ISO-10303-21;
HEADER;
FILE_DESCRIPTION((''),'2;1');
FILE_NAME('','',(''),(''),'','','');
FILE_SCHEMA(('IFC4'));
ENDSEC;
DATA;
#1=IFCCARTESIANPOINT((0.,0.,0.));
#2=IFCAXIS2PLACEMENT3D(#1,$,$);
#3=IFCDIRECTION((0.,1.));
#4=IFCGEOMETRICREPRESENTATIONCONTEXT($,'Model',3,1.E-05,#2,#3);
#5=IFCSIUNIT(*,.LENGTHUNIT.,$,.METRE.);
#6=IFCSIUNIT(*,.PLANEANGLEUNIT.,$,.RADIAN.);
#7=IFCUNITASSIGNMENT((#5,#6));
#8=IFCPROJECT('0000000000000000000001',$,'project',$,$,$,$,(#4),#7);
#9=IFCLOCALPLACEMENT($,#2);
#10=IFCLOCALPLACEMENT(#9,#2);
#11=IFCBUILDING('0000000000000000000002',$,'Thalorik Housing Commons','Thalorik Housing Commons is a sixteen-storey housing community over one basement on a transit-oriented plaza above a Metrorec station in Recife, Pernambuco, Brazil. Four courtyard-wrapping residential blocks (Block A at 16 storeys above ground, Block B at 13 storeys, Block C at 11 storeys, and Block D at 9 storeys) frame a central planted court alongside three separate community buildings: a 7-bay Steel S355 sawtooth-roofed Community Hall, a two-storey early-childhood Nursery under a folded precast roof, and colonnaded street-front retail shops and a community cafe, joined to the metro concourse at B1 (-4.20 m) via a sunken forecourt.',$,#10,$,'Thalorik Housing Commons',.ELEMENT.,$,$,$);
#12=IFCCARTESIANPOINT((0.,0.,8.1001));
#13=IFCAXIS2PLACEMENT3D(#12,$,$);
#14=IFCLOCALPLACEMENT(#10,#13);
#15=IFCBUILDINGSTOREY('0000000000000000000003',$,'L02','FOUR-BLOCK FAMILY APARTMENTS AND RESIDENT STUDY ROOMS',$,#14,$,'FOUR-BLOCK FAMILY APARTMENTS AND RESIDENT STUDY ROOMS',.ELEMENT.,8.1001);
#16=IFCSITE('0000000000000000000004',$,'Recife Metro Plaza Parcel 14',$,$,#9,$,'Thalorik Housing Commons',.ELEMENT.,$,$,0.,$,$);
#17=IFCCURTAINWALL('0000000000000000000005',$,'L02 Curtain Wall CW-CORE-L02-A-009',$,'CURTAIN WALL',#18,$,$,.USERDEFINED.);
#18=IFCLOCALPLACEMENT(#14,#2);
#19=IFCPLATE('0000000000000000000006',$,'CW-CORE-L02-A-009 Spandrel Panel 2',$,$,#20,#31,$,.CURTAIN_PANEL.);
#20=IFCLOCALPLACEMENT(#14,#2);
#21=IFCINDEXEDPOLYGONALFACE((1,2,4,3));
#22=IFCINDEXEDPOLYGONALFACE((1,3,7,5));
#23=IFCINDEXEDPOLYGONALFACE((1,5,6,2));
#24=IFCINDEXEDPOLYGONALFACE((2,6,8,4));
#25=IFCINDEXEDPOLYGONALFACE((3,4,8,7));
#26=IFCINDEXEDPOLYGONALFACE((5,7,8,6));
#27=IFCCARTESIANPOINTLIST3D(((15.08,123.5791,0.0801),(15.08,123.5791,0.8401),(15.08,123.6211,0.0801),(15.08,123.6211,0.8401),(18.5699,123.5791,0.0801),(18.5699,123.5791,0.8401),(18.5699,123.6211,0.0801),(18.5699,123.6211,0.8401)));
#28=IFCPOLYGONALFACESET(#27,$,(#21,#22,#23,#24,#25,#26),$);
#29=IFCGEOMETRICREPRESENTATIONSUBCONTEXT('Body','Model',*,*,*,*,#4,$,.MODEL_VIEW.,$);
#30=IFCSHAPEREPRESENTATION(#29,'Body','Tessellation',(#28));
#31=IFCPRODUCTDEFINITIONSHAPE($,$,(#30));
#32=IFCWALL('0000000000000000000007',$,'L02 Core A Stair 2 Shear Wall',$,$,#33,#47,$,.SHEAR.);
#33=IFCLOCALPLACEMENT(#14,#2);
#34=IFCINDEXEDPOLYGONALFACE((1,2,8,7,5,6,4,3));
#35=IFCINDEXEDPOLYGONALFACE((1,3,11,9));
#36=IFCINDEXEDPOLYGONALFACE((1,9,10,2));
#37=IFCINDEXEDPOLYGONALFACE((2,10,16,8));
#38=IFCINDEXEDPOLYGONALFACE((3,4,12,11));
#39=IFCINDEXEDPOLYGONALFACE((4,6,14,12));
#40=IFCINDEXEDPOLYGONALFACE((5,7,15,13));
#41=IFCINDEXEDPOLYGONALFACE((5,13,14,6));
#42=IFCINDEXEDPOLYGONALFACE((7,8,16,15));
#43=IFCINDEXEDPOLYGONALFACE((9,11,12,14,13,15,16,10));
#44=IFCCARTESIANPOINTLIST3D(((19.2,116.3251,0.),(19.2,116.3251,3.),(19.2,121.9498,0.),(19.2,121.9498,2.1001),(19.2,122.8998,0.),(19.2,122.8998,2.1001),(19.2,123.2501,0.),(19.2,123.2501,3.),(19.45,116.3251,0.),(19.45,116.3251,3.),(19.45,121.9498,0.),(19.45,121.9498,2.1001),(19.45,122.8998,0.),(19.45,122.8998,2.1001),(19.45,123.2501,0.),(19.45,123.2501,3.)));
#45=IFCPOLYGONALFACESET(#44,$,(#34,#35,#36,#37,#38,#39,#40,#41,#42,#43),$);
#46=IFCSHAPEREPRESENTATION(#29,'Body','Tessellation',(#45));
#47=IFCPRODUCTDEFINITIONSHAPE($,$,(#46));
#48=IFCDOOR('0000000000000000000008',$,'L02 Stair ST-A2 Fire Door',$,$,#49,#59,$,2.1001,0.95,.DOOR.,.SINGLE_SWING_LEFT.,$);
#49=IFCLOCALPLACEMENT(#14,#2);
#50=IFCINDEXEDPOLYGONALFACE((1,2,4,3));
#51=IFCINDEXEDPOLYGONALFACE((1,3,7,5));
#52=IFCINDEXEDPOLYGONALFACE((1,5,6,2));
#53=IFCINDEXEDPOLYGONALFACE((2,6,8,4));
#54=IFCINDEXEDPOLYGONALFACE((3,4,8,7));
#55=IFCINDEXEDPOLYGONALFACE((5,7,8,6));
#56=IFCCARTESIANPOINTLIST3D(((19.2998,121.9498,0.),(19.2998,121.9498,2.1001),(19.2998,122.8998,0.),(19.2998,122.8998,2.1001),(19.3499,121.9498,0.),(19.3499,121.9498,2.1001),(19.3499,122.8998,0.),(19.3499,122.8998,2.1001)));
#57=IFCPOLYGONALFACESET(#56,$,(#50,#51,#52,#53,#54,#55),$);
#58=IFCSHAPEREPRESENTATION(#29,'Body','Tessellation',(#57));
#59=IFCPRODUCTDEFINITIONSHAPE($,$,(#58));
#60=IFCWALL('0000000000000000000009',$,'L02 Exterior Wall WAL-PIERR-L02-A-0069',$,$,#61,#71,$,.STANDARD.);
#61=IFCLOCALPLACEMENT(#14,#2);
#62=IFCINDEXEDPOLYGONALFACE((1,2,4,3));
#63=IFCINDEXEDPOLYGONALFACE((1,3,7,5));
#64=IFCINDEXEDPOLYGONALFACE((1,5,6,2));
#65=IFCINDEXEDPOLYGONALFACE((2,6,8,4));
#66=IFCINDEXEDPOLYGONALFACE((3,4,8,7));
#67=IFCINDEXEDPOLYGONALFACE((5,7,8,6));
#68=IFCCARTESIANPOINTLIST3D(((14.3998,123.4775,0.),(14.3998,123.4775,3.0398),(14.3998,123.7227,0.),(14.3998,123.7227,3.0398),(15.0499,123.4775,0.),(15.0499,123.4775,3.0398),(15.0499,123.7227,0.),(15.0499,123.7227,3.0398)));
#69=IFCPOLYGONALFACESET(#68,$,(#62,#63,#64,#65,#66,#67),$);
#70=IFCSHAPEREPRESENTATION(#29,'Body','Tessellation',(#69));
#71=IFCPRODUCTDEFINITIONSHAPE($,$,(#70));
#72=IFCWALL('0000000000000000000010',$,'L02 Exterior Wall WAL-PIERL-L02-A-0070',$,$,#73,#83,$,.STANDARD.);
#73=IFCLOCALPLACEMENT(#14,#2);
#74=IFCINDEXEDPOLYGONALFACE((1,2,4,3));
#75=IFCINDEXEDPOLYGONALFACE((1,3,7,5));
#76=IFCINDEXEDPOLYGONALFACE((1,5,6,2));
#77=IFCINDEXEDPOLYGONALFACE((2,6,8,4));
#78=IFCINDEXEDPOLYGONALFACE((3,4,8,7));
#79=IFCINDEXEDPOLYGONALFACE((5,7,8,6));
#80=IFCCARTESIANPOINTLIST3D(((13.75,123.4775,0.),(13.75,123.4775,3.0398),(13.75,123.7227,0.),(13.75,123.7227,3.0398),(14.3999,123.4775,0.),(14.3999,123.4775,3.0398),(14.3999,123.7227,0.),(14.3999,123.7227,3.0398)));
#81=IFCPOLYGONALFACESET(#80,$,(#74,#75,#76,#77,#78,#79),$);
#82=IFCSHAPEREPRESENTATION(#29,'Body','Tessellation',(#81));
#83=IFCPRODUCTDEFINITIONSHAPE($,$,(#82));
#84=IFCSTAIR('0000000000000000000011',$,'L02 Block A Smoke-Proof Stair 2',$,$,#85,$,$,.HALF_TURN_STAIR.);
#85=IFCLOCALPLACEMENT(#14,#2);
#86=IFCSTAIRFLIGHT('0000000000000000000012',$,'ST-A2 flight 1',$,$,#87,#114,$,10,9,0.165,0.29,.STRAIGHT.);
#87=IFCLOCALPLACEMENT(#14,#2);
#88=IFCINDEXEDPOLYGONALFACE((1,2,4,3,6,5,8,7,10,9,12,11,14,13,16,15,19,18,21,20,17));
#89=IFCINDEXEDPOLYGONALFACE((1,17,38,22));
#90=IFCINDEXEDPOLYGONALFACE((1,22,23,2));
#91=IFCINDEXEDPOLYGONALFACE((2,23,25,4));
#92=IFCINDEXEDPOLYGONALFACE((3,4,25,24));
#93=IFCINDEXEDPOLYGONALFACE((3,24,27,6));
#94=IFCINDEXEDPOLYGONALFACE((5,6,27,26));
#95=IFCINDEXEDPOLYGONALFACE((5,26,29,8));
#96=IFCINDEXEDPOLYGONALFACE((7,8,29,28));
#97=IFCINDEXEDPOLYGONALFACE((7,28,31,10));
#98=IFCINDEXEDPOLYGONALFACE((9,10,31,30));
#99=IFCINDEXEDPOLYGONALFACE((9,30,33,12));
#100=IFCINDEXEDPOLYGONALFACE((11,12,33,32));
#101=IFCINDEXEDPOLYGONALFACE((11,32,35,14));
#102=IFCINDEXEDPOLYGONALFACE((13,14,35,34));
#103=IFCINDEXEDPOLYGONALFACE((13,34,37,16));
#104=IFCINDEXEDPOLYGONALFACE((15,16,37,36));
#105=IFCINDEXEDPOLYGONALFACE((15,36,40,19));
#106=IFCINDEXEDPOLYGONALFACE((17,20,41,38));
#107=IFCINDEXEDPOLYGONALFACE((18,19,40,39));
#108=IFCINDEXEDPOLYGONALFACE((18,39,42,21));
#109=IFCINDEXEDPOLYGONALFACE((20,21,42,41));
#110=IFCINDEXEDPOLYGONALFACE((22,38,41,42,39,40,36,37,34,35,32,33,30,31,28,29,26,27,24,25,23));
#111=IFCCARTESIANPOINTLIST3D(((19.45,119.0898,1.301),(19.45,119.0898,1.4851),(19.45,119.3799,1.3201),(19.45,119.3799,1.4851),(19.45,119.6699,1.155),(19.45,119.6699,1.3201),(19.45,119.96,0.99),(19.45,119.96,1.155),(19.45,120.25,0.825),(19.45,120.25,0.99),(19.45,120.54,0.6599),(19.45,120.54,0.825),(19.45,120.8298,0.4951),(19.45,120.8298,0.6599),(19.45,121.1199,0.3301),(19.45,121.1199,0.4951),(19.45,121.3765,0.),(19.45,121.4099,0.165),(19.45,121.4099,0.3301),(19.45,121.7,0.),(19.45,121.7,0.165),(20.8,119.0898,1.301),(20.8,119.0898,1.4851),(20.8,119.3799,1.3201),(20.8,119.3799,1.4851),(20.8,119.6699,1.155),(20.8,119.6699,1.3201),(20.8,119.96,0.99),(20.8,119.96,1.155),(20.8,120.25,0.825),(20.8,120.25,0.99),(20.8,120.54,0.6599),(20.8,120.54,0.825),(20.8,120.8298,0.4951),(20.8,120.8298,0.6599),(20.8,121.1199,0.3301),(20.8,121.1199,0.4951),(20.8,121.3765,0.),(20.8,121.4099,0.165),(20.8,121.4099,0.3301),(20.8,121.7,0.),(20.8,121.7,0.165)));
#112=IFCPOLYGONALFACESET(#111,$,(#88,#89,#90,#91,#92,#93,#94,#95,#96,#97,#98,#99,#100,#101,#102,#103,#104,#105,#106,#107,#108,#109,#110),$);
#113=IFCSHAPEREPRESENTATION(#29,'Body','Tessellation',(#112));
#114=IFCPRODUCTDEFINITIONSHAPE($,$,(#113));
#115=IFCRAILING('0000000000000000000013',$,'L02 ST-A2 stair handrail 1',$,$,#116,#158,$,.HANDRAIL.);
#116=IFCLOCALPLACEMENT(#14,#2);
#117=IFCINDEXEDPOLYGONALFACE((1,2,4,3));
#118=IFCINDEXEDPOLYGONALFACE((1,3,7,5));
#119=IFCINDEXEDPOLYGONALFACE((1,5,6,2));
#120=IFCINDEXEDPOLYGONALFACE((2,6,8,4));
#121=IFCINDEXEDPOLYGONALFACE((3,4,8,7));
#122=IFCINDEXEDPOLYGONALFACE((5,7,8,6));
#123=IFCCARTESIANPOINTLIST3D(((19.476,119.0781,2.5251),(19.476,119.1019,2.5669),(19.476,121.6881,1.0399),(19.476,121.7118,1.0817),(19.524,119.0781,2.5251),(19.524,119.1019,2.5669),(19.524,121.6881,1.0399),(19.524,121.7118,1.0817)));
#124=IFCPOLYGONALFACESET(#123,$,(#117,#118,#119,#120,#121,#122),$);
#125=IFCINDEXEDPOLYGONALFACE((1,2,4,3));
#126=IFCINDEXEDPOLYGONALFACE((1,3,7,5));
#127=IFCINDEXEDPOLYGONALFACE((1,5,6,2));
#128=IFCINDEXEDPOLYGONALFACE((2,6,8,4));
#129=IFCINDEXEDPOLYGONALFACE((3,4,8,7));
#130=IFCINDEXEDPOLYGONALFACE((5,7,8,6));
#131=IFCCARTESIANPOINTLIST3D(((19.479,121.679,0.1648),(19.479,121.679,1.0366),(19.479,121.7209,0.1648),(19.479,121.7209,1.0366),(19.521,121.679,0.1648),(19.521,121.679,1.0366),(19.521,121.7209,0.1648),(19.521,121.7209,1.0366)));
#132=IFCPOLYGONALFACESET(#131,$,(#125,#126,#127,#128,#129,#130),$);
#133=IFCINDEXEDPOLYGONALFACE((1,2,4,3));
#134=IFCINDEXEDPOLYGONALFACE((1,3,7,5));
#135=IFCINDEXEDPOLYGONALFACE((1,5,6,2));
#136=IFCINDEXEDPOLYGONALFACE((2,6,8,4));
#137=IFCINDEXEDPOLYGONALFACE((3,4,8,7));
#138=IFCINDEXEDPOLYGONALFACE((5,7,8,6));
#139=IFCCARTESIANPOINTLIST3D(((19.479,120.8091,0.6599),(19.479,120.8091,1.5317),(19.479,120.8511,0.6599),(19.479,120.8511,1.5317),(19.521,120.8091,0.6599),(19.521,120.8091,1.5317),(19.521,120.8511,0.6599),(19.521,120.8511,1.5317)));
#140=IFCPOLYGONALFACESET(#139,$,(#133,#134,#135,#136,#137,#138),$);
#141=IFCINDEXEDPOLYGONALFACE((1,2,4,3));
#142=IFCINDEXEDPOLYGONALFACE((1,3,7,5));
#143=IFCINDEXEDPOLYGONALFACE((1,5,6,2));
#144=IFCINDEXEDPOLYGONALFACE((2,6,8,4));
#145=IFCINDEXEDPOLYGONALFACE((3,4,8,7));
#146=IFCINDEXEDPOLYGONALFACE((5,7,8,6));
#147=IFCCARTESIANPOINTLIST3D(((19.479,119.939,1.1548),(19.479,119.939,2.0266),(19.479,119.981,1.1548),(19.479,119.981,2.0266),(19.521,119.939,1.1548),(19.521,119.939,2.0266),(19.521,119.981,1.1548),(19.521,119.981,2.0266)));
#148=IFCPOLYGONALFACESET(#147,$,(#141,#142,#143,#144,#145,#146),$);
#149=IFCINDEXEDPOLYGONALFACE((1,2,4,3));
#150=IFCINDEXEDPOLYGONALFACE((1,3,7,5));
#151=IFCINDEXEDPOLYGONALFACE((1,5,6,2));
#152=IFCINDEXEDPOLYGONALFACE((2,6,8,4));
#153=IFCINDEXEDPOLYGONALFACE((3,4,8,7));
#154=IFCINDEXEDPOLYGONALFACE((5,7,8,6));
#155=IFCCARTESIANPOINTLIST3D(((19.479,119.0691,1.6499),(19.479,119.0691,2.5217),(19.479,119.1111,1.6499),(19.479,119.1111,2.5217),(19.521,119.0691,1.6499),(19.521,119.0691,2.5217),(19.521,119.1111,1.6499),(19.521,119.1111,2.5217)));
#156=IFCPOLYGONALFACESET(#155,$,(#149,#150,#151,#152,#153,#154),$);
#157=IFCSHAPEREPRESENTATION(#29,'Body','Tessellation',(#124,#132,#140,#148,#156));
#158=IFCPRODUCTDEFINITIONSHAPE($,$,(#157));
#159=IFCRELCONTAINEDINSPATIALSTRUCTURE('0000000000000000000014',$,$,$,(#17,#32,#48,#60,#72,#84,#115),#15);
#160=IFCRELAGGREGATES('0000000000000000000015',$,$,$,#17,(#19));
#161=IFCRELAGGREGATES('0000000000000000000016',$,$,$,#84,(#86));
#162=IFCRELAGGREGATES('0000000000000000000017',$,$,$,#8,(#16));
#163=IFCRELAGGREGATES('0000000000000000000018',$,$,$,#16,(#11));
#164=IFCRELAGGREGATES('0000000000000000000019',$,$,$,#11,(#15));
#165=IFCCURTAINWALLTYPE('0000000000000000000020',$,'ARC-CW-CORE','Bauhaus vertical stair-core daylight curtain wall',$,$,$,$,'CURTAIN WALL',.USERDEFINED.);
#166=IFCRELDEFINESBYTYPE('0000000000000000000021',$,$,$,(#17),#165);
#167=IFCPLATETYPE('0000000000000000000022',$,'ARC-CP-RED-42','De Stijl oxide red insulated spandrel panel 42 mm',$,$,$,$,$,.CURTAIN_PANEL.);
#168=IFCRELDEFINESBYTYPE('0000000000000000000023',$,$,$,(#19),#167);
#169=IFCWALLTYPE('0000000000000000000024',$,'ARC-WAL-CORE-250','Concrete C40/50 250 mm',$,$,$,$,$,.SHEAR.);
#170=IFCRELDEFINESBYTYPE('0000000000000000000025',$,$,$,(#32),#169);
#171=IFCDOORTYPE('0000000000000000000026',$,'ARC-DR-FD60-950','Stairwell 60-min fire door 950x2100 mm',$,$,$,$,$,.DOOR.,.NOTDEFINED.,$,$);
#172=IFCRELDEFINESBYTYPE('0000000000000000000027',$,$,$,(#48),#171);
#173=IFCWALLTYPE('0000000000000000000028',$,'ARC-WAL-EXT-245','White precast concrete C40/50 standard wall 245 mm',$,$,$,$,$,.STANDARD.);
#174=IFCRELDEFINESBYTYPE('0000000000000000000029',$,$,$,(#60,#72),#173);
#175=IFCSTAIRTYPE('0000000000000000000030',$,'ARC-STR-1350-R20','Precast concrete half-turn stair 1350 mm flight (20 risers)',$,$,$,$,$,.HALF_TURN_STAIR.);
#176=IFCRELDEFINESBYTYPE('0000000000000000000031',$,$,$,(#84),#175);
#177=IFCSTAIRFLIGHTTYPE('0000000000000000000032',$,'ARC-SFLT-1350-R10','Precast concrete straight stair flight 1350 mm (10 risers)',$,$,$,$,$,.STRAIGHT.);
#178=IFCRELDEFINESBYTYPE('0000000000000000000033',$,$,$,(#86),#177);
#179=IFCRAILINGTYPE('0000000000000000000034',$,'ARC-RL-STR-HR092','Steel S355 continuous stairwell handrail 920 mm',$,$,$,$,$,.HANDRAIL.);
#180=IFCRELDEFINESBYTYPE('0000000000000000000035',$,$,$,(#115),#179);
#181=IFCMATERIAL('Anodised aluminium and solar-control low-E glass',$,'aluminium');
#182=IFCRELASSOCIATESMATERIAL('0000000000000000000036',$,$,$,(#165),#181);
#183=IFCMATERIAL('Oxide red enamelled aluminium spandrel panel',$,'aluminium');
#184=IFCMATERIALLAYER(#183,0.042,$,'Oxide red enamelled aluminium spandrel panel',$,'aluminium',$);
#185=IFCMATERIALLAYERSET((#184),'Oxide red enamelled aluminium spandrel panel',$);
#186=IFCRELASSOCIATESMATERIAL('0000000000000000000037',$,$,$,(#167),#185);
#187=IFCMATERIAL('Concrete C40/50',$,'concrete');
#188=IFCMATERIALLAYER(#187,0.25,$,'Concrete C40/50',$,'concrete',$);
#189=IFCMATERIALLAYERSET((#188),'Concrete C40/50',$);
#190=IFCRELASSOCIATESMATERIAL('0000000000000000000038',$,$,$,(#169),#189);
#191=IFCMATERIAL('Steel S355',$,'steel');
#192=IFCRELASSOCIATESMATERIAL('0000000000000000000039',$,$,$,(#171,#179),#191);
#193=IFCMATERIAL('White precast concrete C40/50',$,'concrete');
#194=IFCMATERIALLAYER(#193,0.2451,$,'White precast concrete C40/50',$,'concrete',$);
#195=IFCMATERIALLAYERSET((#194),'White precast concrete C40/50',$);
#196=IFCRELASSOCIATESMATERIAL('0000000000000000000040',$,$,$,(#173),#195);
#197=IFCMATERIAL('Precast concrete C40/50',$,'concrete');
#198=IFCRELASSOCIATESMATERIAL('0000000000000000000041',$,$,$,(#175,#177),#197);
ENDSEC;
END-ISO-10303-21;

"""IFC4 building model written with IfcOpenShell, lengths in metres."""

from ifc_helpers import new_model, si_unit, direction, frame, frame_2d, origin, origin_2d, place, context, subcontext, project, spatial, polyline, rectangle, outline, extrude, material, layer, layer_set, type_object, element, fill, aggregate, save


model = new_model("IFC4")

# Units and contexts
model_context = context("Model", 3, precision=1e-05, world=origin(), true_north=direction((0.0, 1.0)))
body_context = subcontext(model_context, "Body", "Model", "MODEL_VIEW")
ifc_project = project(units=[si_unit("LENGTHUNIT", "METRE"), si_unit("PLANEANGLEUNIT", "RADIAN")], contexts=[model_context])

# Site, building, storey
site_placement = place(None, origin())
site = spatial("IfcSite", under=ifc_project, at=site_placement, Name="Recife Metro Plaza Parcel 14", LongName="Thalorik Housing Commons", CompositionType="ELEMENT", RefElevation=0.0)
building_placement = place(site_placement, origin())
building = spatial("IfcBuilding", under=site, at=building_placement, Name="Thalorik Housing Commons", Description="Thalorik Housing Commons is a sixteen-storey housing community over one basement on a transit-oriented plaza above a Metrorec station in Recife, Pernambuco, Brazil. Four courtyard-wrapping residential blocks (Block A at 16 storeys above ground, Block B at 13 storeys, Block C at 11 storeys, and Block D at 9 storeys) frame a central planted court alongside three separate community buildings: a 7-bay Steel S355 sawtooth-roofed Community Hall, a two-storey early-childhood Nursery under a folded precast roof, and colonnaded street-front retail shops and a community cafe, joined to the metro concourse at B1 (-4.20 m) via a sunken forecourt.", LongName="Thalorik Housing Commons", CompositionType="ELEMENT")
storey_placement = place(building_placement, frame((0.0, 0.0, 8.1001)))
storey = spatial("IfcBuildingStorey", under=building, at=storey_placement, Name="L02", Description="FOUR-BLOCK FAMILY APARTMENTS AND RESIDENT STUDY ROOMS", LongName="FOUR-BLOCK FAMILY APARTMENTS AND RESIDENT STUDY ROOMS", CompositionType="ELEMENT", Elevation=8.1001)

# Shared definitions
ifc_material_1 = material(Name="Precast concrete C40/50", Category="concrete")

# Shared definitions
ifc_material_2 = material(Name="Anodised aluminium and solar-control low-E glass", Category="aluminium")
curtain_wall_type = type_object("IfcCurtainWallType", Name="ARC-CW-CORE", Description="Bauhaus vertical stair-core daylight curtain wall", ElementType="CURTAIN WALL", PredefinedType="USERDEFINED", material=ifc_material_2)

# Curtain wall
curtain_wall_1_placement = place(storey_placement, origin())
curtain_wall_1 = element("IfcCurtainWall", 1, at=curtain_wall_1_placement, inside=storey, type_object=curtain_wall_type, Name="L02 Curtain Wall CW-CORE-L02-A-009", ObjectType="CURTAIN WALL", PredefinedType="USERDEFINED")

# Plate
ifc_material_3 = material(Name="Oxide red enamelled aluminium spandrel panel", Category="aluminium")
ifc_layer_1 = layer(ifc_material_3, 0.042, Name="Oxide red enamelled aluminium spandrel panel", Category="aluminium")
ifc_layer_set_1 = layer_set([ifc_layer_1], Name="Oxide red enamelled aluminium spandrel panel")
plate_type_1 = type_object("IfcPlateType", Name="ARC-CP-RED-42", Description="De Stijl oxide red insulated spandrel panel 42 mm", PredefinedType="CURTAIN_PANEL", material=ifc_layer_set_1)
plate_1_placement = place(storey_placement, frame((16.825, 123.6001, 0.0801), z_axis=(0.0, 0.0, 1.0), x_axis=(-1.0, 0.0, 0.0)))
plate_1 = element("IfcPlate", 2, at=plate_1_placement, type_object=plate_type_1, Name="CW-CORE-L02-A-009 Spandrel Panel 2", PredefinedType="CURTAIN_PANEL", context=body_context, shape_type="SweptSolid", body=[
    extrude(rectangle(XDim=3.49, YDim=0.042, at=origin_2d()), origin(), (0.0, 0.0, 1.0), 0.76),
])
aggregate(curtain_wall_1, [plate_1])

# Wall, opening, door
ifc_material_4 = material(Name="Concrete C40/50", Category="concrete")
ifc_layer_2 = layer(ifc_material_4, 0.25, Name="Concrete C40/50", Category="concrete")
ifc_layer_set_2 = layer_set([ifc_layer_2], Name="Concrete C40/50")
wall_type_1 = type_object("IfcWallType", Name="ARC-WAL-CORE-250", Description="Concrete C40/50 250 mm", PredefinedType="SHEAR", material=ifc_layer_set_2)
wall_1_placement = place(storey_placement, frame((19.325, 123.25, 0.0), z_axis=(0.0, 0.0, 1.0), x_axis=(0.0, -1.0, 0.0)))
wall_1 = element("IfcWall", 3, at=wall_1_placement, inside=storey, type_object=wall_type_1, Name="L02 Core A Stair 2 Shear Wall", PredefinedType="SHEAR", context=body_context, shape_type="SweptSolid", body=[
    extrude(rectangle(XDim=6.925, YDim=0.25, at=frame_2d((3.4624, 0.0))), origin(), (0.0, 0.0, 1.0), 3.0),
])
opening_placement = place(wall_1_placement, frame((0.3501, 0.0, 0.0)))
opening = element("IfcOpeningElement", 4, at=opening_placement, cuts=wall_1, PredefinedType="OPENING", context=body_context, shape_type="SweptSolid", body=[
    extrude(rectangle(XDim=0.95, YDim=2.1001, at=frame_2d((0.4751, 1.05))), frame((0.0, 0.135, 0.0), z_axis=(0.0, -1.0, 0.0), x_axis=(1.0, 0.0, 0.0)), (0.0, 0.0, 1.0), 0.27),
])
ifc_material_5 = material(Name="Steel S355", Category="steel")
door_type = type_object("IfcDoorType", Name="ARC-DR-FD60-950", Description="Stairwell 60-min fire door 950x2100 mm", OperationType="NOTDEFINED", PredefinedType="DOOR", material=ifc_material_5)
door_placement = place(opening_placement, origin())
door = element("IfcDoor", 5, at=door_placement, inside=storey, type_object=door_type, Name="L02 Stair ST-A2 Fire Door", OperationType="SINGLE_SWING_LEFT", OverallHeight=2.1001, OverallWidth=0.95, PredefinedType="DOOR", context=body_context, shape_type="SweptSolid", body=[
    extrude(rectangle(XDim=0.95, YDim=2.1001, at=frame_2d((0.4751, 1.05))), frame((0.0, 0.0249, 0.0), z_axis=(0.0, -1.0, 0.0), x_axis=(1.0, 0.0, 0.0)), (0.0, 0.0, 1.0), 0.05),
])
fill(opening, door)

# Walls
ifc_material_6 = material(Name="White precast concrete C40/50", Category="concrete")
ifc_layer_3 = layer(ifc_material_6, 0.2451, Name="White precast concrete C40/50", Category="concrete")
ifc_layer_set_3 = layer_set([ifc_layer_3], Name="White precast concrete C40/50")
wall_type_2 = type_object("IfcWallType", Name="ARC-WAL-EXT-245", Description="White precast concrete C40/50 standard wall 245 mm", PredefinedType="STANDARD", material=ifc_layer_set_3)
wall_2_placement = place(storey_placement, frame((15.05, 123.6001, 0.0), z_axis=(0.0, 0.0, 1.0), x_axis=(-1.0, 0.0, 0.0)))
element("IfcWall", 6, at=wall_2_placement, inside=storey, type_object=wall_type_2, Name="L02 Exterior Wall WAL-PIERR-L02-A-0069", PredefinedType="STANDARD", context=body_context, shape_type="SweptSolid", body=[
    extrude(rectangle(XDim=0.6501, YDim=0.2451, at=frame_2d((0.3252, 0.0))), origin(), (0.0, 0.0, 1.0), 3.0398),
])
wall_3_placement = place(storey_placement, frame((14.3999, 123.6001, 0.0), z_axis=(0.0, 0.0, 1.0), x_axis=(-1.0, 0.0, 0.0)))
element("IfcWall", 7, at=wall_3_placement, inside=storey, type_object=wall_type_2, Name="L02 Exterior Wall WAL-PIERL-L02-A-0070", PredefinedType="STANDARD", context=body_context, shape_type="SweptSolid", body=[
    extrude(rectangle(XDim=0.6499, YDim=0.2451, at=frame_2d((0.325, 0.0))), origin(), (0.0, 0.0, 1.0), 3.0398),
])

# Stair, stair flight
stair_type = type_object("IfcStairType", Name="ARC-STR-1350-R20", Description="Precast concrete half-turn stair 1350 mm flight (20 risers)", PredefinedType="HALF_TURN_STAIR", material=ifc_material_1)
stair_placement = place(storey_placement, origin())
stair = element("IfcStair", 8, at=stair_placement, inside=storey, type_object=stair_type, Name="L02 Block A Smoke-Proof Stair 2", PredefinedType="HALF_TURN_STAIR")
stair_flight_type = type_object("IfcStairFlightType", Name="ARC-SFLT-1350-R10", Description="Precast concrete straight stair flight 1350 mm (10 risers)", PredefinedType="STRAIGHT", material=ifc_material_1)
stair_flight_placement = place(storey_placement, frame((20.125, 121.7, 0.0), z_axis=(0.0, 0.0, 1.0), x_axis=(0.0, -1.0, 0.0)))
stair_flight = element("IfcStairFlight", 9, at=stair_flight_placement, type_object=stair_flight_type, Name="ST-A2 flight 1", NumberOfRisers=10, NumberOfTreads=9, PredefinedType="STRAIGHT", RiserHeight=0.165, TreadLength=0.29, context=body_context, shape_type="SweptSolid", body=[
    extrude(outline(polyline([(0.0, 0.0), (0.0, 0.165), (0.29, 0.165), (0.29, 0.3301), (0.5801, 0.3301), (0.5801, 0.4951), (0.8701, 0.4951), (0.8701, 0.6599), (1.1599, 0.6599), (1.1599, 0.825), (1.45, 0.825), (1.45, 0.99), (1.74, 0.99), (1.74, 1.155), (2.03, 1.155), (2.03, 1.3201), (2.3201, 1.3201), (2.3201, 1.4851), (2.6101, 1.4851), (2.6101, 1.6499), (2.6101, 1.301), (0.3235, 0.0), (0.0, 0.0)])), frame((0.0, 0.675, 0.0), z_axis=(0.0, -1.0, 0.0), x_axis=(1.0, 0.0, 0.0)), (0.0, 0.0, 1.0), 1.3501),
])
aggregate(stair, [stair_flight])

# Railing
railing_type = type_object("IfcRailingType", Name="ARC-RL-STR-HR092", Description="Steel S355 continuous stairwell handrail 920 mm", PredefinedType="HANDRAIL", material=ifc_material_5)
railing_placement = place(storey_placement, frame((19.5, 121.7, 0.1648)))
element("IfcRailing", 10, at=railing_placement, inside=storey, type_object=railing_type, Name="L02 ST-A2 stair handrail 1", PredefinedType="HANDRAIL", context=body_context, shape_type="SweptSolid", body=[
    extrude(rectangle(XDim=0.0481, YDim=0.0481, at=origin_2d()), frame((0.0, 0.0, 0.896), z_axis=(0.0, -0.869137, 0.494571), x_axis=(1.0, 0.0, 0.0)), (0.0, 0.0, 1.0), 3.0029),
    extrude(rectangle(XDim=0.042, YDim=0.042, at=origin_2d()), origin(), (0.0, 0.0, 1.0), 0.8718),
    extrude(rectangle(XDim=0.042, YDim=0.042, at=origin_2d()), frame((0.0, -0.8699, 0.4951)), (0.0, 0.0, 1.0), 0.8718),
    extrude(rectangle(XDim=0.042, YDim=0.042, at=origin_2d()), frame((0.0, -1.74, 0.99)), (0.0, 0.0, 1.0), 0.8718),
    extrude(rectangle(XDim=0.042, YDim=0.042, at=origin_2d()), frame((0.0, -2.6099, 1.4851)), (0.0, 0.0, 1.0), 0.8718),
])

save(model, "model.ifc")
